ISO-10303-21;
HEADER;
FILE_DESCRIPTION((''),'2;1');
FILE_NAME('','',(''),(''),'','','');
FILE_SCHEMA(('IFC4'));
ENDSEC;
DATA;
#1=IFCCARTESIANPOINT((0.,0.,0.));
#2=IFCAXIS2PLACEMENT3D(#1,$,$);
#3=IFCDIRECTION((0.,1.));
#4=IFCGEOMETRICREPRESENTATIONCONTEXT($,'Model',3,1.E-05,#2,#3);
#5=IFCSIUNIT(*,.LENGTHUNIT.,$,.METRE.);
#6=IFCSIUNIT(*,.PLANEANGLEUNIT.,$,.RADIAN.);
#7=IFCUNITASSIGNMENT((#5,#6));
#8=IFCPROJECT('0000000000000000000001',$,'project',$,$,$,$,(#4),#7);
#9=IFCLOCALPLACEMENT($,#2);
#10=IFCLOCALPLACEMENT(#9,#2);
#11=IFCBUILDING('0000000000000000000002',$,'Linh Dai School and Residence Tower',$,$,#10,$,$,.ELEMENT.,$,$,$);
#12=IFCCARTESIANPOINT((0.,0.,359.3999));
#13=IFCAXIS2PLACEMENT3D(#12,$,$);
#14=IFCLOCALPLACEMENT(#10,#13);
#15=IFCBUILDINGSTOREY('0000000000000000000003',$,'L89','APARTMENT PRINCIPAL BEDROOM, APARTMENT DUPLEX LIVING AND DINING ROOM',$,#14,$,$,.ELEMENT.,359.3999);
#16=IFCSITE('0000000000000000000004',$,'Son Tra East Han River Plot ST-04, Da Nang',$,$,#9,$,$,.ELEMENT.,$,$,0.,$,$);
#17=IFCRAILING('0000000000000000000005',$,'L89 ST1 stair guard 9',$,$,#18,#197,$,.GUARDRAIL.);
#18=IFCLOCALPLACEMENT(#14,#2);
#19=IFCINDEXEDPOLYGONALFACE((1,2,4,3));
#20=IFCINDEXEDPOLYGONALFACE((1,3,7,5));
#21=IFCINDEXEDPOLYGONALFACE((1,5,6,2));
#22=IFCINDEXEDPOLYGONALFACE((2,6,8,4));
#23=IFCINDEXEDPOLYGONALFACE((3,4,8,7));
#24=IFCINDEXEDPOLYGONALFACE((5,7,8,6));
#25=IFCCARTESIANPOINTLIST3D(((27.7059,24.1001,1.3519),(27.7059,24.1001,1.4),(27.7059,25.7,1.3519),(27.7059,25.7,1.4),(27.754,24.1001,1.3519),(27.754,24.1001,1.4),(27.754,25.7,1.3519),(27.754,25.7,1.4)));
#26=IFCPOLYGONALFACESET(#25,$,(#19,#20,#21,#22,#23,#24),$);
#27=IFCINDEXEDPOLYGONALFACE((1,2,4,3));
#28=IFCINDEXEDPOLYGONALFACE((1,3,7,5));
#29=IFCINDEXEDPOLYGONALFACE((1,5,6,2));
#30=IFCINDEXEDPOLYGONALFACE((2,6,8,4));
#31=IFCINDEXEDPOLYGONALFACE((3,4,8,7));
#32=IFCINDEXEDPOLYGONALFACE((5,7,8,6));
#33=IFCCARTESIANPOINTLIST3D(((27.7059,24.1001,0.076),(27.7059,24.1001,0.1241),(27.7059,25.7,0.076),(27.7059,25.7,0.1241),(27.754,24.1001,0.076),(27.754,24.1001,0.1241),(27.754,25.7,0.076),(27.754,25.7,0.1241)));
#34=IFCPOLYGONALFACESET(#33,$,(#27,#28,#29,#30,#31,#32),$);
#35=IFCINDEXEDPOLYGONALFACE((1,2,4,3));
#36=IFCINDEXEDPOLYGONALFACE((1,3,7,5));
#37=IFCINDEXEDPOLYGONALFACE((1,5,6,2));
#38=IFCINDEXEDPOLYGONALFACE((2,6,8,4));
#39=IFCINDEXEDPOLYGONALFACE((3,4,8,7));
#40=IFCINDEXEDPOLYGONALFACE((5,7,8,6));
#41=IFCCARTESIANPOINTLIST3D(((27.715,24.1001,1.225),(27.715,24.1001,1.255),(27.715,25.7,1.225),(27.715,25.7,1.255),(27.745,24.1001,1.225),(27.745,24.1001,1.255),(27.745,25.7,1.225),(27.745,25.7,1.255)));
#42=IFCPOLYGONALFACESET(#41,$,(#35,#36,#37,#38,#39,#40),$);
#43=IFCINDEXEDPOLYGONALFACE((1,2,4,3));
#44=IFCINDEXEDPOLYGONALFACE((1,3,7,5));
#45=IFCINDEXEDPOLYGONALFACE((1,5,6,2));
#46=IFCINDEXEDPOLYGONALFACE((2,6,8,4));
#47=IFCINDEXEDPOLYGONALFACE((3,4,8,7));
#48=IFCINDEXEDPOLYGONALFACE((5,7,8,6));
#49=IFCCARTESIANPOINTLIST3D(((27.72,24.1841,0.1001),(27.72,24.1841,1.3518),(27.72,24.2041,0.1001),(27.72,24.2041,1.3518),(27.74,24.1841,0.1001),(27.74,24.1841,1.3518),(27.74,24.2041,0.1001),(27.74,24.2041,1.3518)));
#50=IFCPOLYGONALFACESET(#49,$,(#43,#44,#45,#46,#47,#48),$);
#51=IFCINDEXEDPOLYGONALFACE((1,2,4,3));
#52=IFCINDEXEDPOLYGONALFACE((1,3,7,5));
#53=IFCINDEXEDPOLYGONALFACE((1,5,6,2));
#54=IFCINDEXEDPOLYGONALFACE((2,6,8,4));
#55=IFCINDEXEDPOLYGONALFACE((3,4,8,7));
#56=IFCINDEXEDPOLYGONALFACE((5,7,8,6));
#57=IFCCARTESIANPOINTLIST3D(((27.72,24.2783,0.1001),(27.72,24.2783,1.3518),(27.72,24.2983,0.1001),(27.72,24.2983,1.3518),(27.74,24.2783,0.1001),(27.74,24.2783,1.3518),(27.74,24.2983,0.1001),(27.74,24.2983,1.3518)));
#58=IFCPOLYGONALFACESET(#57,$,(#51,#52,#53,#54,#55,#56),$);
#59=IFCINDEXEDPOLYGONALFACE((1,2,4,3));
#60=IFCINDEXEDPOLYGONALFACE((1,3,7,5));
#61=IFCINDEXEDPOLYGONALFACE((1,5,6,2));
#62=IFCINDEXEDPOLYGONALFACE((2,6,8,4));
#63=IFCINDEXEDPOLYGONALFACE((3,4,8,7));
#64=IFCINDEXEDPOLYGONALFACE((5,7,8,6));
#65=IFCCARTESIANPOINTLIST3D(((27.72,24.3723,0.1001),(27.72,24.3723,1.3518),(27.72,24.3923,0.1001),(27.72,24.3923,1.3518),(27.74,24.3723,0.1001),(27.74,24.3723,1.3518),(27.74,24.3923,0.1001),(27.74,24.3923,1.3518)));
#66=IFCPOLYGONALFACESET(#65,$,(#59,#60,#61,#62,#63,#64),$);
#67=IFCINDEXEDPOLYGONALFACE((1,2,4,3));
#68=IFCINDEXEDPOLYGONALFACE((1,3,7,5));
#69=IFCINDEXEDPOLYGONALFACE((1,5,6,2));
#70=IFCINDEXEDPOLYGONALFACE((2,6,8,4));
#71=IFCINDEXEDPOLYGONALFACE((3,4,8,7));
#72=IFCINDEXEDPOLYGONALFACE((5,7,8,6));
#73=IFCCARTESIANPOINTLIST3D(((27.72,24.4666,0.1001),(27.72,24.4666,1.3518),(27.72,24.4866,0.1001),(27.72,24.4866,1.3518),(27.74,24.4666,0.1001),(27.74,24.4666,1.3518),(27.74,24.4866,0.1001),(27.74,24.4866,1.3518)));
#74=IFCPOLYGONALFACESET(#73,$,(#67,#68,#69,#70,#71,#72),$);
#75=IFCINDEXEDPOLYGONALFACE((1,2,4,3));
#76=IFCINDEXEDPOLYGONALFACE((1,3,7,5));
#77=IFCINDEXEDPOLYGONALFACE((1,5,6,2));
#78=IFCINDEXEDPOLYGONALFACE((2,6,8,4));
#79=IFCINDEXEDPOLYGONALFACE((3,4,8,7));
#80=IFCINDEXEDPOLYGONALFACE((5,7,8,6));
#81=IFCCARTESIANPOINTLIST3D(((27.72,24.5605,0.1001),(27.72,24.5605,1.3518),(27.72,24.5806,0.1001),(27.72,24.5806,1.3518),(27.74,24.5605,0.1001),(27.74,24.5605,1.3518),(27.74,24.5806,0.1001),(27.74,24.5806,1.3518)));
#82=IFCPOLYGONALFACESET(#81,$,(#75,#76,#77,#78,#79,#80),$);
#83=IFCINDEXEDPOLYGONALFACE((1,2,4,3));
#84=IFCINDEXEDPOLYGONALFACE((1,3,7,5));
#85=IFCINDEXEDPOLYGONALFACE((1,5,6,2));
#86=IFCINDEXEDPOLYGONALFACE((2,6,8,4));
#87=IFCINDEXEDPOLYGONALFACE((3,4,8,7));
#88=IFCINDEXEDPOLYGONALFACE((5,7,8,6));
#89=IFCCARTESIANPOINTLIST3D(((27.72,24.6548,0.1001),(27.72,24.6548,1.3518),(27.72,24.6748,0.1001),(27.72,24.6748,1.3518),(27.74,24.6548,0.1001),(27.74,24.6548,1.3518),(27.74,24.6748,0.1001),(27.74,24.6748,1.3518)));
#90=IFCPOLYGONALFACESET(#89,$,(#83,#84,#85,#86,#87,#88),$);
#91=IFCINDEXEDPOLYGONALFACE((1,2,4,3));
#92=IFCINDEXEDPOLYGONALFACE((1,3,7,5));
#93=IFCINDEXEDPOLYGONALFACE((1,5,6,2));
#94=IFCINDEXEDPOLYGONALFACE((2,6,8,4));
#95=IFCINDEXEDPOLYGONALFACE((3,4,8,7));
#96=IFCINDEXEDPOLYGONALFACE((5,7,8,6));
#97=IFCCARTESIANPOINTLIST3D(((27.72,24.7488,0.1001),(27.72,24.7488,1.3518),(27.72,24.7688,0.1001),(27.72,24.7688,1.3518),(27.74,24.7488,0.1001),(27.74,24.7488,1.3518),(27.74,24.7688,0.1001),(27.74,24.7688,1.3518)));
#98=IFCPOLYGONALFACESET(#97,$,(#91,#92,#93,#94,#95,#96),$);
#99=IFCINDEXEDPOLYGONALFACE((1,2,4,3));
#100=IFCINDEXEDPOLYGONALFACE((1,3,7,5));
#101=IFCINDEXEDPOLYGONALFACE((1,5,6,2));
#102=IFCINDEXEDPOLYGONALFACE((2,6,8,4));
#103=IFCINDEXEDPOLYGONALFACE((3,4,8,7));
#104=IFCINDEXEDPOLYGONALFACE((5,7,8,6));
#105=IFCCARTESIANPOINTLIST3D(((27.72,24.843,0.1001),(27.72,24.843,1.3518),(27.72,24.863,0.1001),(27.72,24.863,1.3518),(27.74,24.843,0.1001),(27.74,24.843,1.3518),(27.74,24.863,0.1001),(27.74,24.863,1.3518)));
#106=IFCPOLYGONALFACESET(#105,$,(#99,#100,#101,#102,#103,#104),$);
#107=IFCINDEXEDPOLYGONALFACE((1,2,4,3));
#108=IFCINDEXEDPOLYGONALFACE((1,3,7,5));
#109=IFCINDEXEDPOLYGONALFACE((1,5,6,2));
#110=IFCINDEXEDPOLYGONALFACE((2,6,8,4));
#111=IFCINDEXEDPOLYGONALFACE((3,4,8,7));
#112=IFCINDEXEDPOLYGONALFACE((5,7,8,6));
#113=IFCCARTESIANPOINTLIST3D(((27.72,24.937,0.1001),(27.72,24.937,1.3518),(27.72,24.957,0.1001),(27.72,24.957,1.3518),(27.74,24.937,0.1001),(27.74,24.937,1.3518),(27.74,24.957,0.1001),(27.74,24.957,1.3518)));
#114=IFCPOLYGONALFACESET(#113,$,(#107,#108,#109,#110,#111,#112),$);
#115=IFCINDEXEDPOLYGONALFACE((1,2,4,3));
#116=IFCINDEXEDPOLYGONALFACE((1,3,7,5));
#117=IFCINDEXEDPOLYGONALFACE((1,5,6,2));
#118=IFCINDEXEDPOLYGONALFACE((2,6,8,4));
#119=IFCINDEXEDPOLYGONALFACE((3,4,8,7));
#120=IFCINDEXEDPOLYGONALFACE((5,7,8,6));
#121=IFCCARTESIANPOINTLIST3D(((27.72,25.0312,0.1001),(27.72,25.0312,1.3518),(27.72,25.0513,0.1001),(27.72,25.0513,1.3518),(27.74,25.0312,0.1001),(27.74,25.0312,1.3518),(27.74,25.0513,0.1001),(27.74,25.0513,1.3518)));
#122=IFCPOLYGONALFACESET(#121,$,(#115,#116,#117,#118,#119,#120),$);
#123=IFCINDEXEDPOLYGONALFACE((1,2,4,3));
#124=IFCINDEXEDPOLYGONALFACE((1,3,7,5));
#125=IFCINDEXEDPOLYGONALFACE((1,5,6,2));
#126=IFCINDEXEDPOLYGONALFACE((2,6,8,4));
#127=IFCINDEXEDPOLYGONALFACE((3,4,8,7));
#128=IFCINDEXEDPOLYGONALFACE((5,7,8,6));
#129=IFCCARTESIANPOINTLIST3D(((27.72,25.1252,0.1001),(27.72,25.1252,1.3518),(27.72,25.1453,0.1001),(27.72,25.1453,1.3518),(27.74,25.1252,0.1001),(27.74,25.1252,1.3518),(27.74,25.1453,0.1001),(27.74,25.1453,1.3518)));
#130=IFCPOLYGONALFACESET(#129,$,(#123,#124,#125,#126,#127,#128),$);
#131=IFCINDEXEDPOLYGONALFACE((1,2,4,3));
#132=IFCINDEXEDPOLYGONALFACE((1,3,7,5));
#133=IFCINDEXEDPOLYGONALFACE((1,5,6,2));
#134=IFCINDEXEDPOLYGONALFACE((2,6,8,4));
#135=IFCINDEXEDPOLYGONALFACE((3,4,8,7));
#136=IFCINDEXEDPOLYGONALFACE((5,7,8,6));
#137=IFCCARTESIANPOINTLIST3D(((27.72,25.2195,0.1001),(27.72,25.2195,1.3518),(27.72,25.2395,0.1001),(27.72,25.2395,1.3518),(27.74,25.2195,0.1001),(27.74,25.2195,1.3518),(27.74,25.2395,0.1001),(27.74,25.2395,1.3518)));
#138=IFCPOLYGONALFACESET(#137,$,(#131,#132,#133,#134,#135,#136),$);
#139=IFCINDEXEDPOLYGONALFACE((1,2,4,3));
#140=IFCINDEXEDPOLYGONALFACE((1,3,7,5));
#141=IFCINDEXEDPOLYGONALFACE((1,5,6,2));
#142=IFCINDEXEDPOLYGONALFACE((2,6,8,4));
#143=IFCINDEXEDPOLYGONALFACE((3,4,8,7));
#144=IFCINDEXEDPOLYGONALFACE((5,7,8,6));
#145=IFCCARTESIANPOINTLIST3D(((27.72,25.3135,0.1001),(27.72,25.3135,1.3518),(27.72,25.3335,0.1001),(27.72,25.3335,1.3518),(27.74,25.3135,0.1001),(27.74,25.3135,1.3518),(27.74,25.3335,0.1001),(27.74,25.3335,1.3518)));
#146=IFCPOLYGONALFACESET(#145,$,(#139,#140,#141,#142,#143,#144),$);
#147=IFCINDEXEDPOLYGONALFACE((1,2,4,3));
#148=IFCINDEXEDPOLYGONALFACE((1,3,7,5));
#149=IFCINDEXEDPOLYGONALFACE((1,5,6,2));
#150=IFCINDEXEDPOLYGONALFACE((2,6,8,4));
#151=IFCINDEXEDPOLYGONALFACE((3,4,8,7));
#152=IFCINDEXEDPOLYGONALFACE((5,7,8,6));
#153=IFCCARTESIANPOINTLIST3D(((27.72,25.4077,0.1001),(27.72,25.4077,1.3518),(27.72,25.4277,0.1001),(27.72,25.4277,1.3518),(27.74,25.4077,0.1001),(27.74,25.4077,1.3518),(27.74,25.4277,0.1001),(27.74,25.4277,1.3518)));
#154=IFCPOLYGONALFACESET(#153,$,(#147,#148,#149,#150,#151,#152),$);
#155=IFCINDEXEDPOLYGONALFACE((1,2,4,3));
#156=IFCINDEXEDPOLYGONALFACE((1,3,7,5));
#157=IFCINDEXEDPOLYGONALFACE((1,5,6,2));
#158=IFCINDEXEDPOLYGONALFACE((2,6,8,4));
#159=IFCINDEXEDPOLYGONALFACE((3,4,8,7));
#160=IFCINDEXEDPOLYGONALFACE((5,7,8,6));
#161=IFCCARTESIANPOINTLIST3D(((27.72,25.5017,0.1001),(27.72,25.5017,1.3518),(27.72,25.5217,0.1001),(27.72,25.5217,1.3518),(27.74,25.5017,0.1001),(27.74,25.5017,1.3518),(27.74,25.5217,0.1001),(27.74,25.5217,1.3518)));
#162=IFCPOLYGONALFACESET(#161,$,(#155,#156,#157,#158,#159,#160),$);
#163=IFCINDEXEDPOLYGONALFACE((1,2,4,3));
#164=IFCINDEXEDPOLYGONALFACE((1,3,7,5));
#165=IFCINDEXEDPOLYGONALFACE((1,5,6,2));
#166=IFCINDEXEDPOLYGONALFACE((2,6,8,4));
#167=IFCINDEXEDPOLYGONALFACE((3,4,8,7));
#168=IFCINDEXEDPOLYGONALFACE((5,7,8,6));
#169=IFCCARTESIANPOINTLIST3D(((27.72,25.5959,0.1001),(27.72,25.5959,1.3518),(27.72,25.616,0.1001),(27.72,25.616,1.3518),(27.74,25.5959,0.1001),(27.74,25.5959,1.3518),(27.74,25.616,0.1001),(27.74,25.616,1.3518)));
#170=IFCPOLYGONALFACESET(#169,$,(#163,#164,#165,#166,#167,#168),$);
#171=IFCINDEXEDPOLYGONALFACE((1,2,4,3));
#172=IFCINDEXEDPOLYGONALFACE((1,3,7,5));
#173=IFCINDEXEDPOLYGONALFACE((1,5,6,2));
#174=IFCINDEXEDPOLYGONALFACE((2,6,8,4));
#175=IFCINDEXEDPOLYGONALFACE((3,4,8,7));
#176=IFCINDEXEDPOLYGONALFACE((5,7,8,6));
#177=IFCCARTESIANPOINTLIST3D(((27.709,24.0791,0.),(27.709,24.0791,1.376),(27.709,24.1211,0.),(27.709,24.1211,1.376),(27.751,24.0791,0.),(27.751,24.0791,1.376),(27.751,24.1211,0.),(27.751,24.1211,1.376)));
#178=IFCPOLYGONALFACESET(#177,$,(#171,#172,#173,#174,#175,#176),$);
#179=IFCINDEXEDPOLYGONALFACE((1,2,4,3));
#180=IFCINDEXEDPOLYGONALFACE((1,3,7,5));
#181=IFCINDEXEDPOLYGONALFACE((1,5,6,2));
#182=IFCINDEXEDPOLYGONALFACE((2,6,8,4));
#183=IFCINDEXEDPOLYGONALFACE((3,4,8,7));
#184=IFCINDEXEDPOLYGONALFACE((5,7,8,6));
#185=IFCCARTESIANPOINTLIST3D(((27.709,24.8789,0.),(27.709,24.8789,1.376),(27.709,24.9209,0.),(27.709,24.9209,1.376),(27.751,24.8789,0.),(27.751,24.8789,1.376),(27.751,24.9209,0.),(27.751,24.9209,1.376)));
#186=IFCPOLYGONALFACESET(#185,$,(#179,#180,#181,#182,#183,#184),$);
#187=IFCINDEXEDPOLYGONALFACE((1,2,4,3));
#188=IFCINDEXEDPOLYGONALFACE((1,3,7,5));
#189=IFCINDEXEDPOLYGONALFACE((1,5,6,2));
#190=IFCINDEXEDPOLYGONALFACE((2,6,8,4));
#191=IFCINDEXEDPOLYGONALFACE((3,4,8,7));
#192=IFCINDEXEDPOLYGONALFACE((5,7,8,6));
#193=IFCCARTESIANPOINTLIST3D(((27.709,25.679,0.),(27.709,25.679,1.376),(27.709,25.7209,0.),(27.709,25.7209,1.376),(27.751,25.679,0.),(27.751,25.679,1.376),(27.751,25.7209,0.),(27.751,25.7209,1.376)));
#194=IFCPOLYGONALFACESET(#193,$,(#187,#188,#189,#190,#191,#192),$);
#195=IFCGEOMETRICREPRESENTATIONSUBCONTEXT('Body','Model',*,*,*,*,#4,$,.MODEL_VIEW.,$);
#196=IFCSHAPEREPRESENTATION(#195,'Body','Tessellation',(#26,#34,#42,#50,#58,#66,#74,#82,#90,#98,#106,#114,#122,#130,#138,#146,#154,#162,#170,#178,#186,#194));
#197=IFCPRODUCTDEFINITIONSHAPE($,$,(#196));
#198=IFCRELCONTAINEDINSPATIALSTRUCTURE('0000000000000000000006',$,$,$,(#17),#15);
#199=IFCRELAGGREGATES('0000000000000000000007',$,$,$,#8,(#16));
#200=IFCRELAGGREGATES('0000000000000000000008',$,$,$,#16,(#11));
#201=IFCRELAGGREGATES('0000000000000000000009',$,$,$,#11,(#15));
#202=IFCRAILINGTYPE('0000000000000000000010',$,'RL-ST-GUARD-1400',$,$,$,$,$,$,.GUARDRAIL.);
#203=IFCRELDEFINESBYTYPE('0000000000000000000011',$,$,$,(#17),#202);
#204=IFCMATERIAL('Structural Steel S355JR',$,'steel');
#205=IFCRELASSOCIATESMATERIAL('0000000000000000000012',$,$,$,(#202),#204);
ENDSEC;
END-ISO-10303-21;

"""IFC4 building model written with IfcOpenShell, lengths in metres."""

from ifc_helpers import new_model, si_unit, direction, frame, origin, origin_2d, place, context, subcontext, project, spatial, rectangle, extrude, source, transform, mapped, material, type_object, element, save


model = new_model("IFC4")

# Units and contexts
model_context = context("Model", 3, precision=1e-05, world=origin(), true_north=direction((0.0, 1.0)))
body_context = subcontext(model_context, "Body", "Model", "MODEL_VIEW")
ifc_project = project(units=[si_unit("LENGTHUNIT", "METRE"), si_unit("PLANEANGLEUNIT", "RADIAN")], contexts=[model_context])

# Site, building, storey
site_placement = place(None, origin())
site = spatial("IfcSite", under=ifc_project, at=site_placement, Name="Son Tra East Han River Plot ST-04, Da Nang", CompositionType="ELEMENT", RefElevation=0.0)
building_placement = place(site_placement, origin())
building = spatial("IfcBuilding", under=site, at=building_placement, Name="Linh Dai School and Residence Tower", CompositionType="ELEMENT")
storey_placement = place(building_placement, frame((0.0, 0.0, 359.3999)))
storey = spatial("IfcBuildingStorey", under=building, at=storey_placement, Name="L89", Description="APARTMENT PRINCIPAL BEDROOM, APARTMENT DUPLEX LIVING AND DINING ROOM", CompositionType="ELEMENT", Elevation=359.3999)

# Shared definitions
ifc_material_1 = material(Name="Structural Steel S355JR", Category="steel")

# Railing
railing_type_1 = type_object("IfcRailingType", Name="RL-ST-GUARD-1400", PredefinedType="GUARDRAIL", material=ifc_material_1)
shared_shape_1 = source(origin(), body_context, "Body", "SweptSolid", [
    extrude(rectangle(XDim=0.0481, YDim=0.0481, at=origin_2d()), frame((0.0, 0.0, 1.376), z_axis=(0.0, 1.0, 0.0), x_axis=(-1.0, 0.0, 0.0)), (0.0, 0.0, 1.0), 1.5999),
    extrude(rectangle(XDim=0.0481, YDim=0.0481, at=origin_2d()), frame((0.0, 0.0, 0.1001), z_axis=(0.0, 1.0, 0.0), x_axis=(-1.0, 0.0, 0.0)), (0.0, 0.0, 1.0), 1.5999),
    extrude(rectangle(XDim=0.03, YDim=0.03, at=origin_2d()), frame((0.0, 0.0, 1.24), z_axis=(0.0, 1.0, 0.0), x_axis=(-1.0, 0.0, 0.0)), (0.0, 0.0, 1.0), 1.5999),
    extrude(rectangle(XDim=0.02, YDim=0.02, at=origin_2d()), frame((0.0, 0.094, 0.1001)), (0.0, 0.0, 1.0), 1.2517),
    extrude(rectangle(XDim=0.02, YDim=0.02, at=origin_2d()), frame((0.0, 0.1882, 0.1001)), (0.0, 0.0, 1.0), 1.2517),
    extrude(rectangle(XDim=0.02, YDim=0.02, at=origin_2d()), frame((0.0, 0.2822, 0.1001)), (0.0, 0.0, 1.0), 1.2517),
    extrude(rectangle(XDim=0.02, YDim=0.02, at=origin_2d()), frame((0.0, 0.3765, 0.1001)), (0.0, 0.0, 1.0), 1.2517),
    extrude(rectangle(XDim=0.02, YDim=0.02, at=origin_2d()), frame((0.0, 0.4705, 0.1001)), (0.0, 0.0, 1.0), 1.2517),
    extrude(rectangle(XDim=0.02, YDim=0.02, at=origin_2d()), frame((0.0, 0.5647, 0.1001)), (0.0, 0.0, 1.0), 1.2517),
    extrude(rectangle(XDim=0.02, YDim=0.02, at=origin_2d()), frame((0.0, 0.6587, 0.1001)), (0.0, 0.0, 1.0), 1.2517),
    extrude(rectangle(XDim=0.02, YDim=0.02, at=origin_2d()), frame((0.0, 0.7529, 0.1001)), (0.0, 0.0, 1.0), 1.2517),
    extrude(rectangle(XDim=0.02, YDim=0.02, at=origin_2d()), frame((0.0, 0.8469, 0.1001)), (0.0, 0.0, 1.0), 1.2517),
    extrude(rectangle(XDim=0.02, YDim=0.02, at=origin_2d()), frame((0.0, 0.9412, 0.1001)), (0.0, 0.0, 1.0), 1.2517),
    extrude(rectangle(XDim=0.02, YDim=0.02, at=origin_2d()), frame((0.0, 1.0352, 0.1001)), (0.0, 0.0, 1.0), 1.2517),
    extrude(rectangle(XDim=0.02, YDim=0.02, at=origin_2d()), frame((0.0, 1.1294, 0.1001)), (0.0, 0.0, 1.0), 1.2517),
    extrude(rectangle(XDim=0.02, YDim=0.02, at=origin_2d()), frame((0.0, 1.2234, 0.1001)), (0.0, 0.0, 1.0), 1.2517),
    extrude(rectangle(XDim=0.02, YDim=0.02, at=origin_2d()), frame((0.0, 1.3176, 0.1001)), (0.0, 0.0, 1.0), 1.2517),
    extrude(rectangle(XDim=0.02, YDim=0.02, at=origin_2d()), frame((0.0, 1.4116, 0.1001)), (0.0, 0.0, 1.0), 1.2517),
    extrude(rectangle(XDim=0.02, YDim=0.02, at=origin_2d()), frame((0.0, 1.5059, 0.1001)), (0.0, 0.0, 1.0), 1.2517),
    extrude(rectangle(XDim=0.042, YDim=0.042, at=origin_2d()), origin(), (0.0, 0.0, 1.0), 1.376),
    extrude(rectangle(XDim=0.042, YDim=0.042, at=origin_2d()), frame((0.0, 0.7998, 0.0)), (0.0, 0.0, 1.0), 1.376),
    extrude(rectangle(XDim=0.042, YDim=0.042, at=origin_2d()), frame((0.0, 1.5999, 0.0)), (0.0, 0.0, 1.0), 1.376),
])
for number, where, name in (
    (1, (27.73, 24.1001, 0.0), "L89 ST1 stair guard 9"),
):
    element("IfcRailing", number, at=place(storey_placement, frame(where)), inside=storey, type_object=railing_type_1, Name=name, PredefinedType="GUARDRAIL", context=body_context, shape_type="MappedRepresentation", body=[
        mapped(shared_shape_1, transform((0.0, 0.0, 0.0), x_axis=(1.0, 0.0, 0.0), y_axis=(0.0, 1.0, 0.0), z_axis=(0.0, 0.0, 1.0), scale=1.0)),
    ])

save(model, "model.ifc")
